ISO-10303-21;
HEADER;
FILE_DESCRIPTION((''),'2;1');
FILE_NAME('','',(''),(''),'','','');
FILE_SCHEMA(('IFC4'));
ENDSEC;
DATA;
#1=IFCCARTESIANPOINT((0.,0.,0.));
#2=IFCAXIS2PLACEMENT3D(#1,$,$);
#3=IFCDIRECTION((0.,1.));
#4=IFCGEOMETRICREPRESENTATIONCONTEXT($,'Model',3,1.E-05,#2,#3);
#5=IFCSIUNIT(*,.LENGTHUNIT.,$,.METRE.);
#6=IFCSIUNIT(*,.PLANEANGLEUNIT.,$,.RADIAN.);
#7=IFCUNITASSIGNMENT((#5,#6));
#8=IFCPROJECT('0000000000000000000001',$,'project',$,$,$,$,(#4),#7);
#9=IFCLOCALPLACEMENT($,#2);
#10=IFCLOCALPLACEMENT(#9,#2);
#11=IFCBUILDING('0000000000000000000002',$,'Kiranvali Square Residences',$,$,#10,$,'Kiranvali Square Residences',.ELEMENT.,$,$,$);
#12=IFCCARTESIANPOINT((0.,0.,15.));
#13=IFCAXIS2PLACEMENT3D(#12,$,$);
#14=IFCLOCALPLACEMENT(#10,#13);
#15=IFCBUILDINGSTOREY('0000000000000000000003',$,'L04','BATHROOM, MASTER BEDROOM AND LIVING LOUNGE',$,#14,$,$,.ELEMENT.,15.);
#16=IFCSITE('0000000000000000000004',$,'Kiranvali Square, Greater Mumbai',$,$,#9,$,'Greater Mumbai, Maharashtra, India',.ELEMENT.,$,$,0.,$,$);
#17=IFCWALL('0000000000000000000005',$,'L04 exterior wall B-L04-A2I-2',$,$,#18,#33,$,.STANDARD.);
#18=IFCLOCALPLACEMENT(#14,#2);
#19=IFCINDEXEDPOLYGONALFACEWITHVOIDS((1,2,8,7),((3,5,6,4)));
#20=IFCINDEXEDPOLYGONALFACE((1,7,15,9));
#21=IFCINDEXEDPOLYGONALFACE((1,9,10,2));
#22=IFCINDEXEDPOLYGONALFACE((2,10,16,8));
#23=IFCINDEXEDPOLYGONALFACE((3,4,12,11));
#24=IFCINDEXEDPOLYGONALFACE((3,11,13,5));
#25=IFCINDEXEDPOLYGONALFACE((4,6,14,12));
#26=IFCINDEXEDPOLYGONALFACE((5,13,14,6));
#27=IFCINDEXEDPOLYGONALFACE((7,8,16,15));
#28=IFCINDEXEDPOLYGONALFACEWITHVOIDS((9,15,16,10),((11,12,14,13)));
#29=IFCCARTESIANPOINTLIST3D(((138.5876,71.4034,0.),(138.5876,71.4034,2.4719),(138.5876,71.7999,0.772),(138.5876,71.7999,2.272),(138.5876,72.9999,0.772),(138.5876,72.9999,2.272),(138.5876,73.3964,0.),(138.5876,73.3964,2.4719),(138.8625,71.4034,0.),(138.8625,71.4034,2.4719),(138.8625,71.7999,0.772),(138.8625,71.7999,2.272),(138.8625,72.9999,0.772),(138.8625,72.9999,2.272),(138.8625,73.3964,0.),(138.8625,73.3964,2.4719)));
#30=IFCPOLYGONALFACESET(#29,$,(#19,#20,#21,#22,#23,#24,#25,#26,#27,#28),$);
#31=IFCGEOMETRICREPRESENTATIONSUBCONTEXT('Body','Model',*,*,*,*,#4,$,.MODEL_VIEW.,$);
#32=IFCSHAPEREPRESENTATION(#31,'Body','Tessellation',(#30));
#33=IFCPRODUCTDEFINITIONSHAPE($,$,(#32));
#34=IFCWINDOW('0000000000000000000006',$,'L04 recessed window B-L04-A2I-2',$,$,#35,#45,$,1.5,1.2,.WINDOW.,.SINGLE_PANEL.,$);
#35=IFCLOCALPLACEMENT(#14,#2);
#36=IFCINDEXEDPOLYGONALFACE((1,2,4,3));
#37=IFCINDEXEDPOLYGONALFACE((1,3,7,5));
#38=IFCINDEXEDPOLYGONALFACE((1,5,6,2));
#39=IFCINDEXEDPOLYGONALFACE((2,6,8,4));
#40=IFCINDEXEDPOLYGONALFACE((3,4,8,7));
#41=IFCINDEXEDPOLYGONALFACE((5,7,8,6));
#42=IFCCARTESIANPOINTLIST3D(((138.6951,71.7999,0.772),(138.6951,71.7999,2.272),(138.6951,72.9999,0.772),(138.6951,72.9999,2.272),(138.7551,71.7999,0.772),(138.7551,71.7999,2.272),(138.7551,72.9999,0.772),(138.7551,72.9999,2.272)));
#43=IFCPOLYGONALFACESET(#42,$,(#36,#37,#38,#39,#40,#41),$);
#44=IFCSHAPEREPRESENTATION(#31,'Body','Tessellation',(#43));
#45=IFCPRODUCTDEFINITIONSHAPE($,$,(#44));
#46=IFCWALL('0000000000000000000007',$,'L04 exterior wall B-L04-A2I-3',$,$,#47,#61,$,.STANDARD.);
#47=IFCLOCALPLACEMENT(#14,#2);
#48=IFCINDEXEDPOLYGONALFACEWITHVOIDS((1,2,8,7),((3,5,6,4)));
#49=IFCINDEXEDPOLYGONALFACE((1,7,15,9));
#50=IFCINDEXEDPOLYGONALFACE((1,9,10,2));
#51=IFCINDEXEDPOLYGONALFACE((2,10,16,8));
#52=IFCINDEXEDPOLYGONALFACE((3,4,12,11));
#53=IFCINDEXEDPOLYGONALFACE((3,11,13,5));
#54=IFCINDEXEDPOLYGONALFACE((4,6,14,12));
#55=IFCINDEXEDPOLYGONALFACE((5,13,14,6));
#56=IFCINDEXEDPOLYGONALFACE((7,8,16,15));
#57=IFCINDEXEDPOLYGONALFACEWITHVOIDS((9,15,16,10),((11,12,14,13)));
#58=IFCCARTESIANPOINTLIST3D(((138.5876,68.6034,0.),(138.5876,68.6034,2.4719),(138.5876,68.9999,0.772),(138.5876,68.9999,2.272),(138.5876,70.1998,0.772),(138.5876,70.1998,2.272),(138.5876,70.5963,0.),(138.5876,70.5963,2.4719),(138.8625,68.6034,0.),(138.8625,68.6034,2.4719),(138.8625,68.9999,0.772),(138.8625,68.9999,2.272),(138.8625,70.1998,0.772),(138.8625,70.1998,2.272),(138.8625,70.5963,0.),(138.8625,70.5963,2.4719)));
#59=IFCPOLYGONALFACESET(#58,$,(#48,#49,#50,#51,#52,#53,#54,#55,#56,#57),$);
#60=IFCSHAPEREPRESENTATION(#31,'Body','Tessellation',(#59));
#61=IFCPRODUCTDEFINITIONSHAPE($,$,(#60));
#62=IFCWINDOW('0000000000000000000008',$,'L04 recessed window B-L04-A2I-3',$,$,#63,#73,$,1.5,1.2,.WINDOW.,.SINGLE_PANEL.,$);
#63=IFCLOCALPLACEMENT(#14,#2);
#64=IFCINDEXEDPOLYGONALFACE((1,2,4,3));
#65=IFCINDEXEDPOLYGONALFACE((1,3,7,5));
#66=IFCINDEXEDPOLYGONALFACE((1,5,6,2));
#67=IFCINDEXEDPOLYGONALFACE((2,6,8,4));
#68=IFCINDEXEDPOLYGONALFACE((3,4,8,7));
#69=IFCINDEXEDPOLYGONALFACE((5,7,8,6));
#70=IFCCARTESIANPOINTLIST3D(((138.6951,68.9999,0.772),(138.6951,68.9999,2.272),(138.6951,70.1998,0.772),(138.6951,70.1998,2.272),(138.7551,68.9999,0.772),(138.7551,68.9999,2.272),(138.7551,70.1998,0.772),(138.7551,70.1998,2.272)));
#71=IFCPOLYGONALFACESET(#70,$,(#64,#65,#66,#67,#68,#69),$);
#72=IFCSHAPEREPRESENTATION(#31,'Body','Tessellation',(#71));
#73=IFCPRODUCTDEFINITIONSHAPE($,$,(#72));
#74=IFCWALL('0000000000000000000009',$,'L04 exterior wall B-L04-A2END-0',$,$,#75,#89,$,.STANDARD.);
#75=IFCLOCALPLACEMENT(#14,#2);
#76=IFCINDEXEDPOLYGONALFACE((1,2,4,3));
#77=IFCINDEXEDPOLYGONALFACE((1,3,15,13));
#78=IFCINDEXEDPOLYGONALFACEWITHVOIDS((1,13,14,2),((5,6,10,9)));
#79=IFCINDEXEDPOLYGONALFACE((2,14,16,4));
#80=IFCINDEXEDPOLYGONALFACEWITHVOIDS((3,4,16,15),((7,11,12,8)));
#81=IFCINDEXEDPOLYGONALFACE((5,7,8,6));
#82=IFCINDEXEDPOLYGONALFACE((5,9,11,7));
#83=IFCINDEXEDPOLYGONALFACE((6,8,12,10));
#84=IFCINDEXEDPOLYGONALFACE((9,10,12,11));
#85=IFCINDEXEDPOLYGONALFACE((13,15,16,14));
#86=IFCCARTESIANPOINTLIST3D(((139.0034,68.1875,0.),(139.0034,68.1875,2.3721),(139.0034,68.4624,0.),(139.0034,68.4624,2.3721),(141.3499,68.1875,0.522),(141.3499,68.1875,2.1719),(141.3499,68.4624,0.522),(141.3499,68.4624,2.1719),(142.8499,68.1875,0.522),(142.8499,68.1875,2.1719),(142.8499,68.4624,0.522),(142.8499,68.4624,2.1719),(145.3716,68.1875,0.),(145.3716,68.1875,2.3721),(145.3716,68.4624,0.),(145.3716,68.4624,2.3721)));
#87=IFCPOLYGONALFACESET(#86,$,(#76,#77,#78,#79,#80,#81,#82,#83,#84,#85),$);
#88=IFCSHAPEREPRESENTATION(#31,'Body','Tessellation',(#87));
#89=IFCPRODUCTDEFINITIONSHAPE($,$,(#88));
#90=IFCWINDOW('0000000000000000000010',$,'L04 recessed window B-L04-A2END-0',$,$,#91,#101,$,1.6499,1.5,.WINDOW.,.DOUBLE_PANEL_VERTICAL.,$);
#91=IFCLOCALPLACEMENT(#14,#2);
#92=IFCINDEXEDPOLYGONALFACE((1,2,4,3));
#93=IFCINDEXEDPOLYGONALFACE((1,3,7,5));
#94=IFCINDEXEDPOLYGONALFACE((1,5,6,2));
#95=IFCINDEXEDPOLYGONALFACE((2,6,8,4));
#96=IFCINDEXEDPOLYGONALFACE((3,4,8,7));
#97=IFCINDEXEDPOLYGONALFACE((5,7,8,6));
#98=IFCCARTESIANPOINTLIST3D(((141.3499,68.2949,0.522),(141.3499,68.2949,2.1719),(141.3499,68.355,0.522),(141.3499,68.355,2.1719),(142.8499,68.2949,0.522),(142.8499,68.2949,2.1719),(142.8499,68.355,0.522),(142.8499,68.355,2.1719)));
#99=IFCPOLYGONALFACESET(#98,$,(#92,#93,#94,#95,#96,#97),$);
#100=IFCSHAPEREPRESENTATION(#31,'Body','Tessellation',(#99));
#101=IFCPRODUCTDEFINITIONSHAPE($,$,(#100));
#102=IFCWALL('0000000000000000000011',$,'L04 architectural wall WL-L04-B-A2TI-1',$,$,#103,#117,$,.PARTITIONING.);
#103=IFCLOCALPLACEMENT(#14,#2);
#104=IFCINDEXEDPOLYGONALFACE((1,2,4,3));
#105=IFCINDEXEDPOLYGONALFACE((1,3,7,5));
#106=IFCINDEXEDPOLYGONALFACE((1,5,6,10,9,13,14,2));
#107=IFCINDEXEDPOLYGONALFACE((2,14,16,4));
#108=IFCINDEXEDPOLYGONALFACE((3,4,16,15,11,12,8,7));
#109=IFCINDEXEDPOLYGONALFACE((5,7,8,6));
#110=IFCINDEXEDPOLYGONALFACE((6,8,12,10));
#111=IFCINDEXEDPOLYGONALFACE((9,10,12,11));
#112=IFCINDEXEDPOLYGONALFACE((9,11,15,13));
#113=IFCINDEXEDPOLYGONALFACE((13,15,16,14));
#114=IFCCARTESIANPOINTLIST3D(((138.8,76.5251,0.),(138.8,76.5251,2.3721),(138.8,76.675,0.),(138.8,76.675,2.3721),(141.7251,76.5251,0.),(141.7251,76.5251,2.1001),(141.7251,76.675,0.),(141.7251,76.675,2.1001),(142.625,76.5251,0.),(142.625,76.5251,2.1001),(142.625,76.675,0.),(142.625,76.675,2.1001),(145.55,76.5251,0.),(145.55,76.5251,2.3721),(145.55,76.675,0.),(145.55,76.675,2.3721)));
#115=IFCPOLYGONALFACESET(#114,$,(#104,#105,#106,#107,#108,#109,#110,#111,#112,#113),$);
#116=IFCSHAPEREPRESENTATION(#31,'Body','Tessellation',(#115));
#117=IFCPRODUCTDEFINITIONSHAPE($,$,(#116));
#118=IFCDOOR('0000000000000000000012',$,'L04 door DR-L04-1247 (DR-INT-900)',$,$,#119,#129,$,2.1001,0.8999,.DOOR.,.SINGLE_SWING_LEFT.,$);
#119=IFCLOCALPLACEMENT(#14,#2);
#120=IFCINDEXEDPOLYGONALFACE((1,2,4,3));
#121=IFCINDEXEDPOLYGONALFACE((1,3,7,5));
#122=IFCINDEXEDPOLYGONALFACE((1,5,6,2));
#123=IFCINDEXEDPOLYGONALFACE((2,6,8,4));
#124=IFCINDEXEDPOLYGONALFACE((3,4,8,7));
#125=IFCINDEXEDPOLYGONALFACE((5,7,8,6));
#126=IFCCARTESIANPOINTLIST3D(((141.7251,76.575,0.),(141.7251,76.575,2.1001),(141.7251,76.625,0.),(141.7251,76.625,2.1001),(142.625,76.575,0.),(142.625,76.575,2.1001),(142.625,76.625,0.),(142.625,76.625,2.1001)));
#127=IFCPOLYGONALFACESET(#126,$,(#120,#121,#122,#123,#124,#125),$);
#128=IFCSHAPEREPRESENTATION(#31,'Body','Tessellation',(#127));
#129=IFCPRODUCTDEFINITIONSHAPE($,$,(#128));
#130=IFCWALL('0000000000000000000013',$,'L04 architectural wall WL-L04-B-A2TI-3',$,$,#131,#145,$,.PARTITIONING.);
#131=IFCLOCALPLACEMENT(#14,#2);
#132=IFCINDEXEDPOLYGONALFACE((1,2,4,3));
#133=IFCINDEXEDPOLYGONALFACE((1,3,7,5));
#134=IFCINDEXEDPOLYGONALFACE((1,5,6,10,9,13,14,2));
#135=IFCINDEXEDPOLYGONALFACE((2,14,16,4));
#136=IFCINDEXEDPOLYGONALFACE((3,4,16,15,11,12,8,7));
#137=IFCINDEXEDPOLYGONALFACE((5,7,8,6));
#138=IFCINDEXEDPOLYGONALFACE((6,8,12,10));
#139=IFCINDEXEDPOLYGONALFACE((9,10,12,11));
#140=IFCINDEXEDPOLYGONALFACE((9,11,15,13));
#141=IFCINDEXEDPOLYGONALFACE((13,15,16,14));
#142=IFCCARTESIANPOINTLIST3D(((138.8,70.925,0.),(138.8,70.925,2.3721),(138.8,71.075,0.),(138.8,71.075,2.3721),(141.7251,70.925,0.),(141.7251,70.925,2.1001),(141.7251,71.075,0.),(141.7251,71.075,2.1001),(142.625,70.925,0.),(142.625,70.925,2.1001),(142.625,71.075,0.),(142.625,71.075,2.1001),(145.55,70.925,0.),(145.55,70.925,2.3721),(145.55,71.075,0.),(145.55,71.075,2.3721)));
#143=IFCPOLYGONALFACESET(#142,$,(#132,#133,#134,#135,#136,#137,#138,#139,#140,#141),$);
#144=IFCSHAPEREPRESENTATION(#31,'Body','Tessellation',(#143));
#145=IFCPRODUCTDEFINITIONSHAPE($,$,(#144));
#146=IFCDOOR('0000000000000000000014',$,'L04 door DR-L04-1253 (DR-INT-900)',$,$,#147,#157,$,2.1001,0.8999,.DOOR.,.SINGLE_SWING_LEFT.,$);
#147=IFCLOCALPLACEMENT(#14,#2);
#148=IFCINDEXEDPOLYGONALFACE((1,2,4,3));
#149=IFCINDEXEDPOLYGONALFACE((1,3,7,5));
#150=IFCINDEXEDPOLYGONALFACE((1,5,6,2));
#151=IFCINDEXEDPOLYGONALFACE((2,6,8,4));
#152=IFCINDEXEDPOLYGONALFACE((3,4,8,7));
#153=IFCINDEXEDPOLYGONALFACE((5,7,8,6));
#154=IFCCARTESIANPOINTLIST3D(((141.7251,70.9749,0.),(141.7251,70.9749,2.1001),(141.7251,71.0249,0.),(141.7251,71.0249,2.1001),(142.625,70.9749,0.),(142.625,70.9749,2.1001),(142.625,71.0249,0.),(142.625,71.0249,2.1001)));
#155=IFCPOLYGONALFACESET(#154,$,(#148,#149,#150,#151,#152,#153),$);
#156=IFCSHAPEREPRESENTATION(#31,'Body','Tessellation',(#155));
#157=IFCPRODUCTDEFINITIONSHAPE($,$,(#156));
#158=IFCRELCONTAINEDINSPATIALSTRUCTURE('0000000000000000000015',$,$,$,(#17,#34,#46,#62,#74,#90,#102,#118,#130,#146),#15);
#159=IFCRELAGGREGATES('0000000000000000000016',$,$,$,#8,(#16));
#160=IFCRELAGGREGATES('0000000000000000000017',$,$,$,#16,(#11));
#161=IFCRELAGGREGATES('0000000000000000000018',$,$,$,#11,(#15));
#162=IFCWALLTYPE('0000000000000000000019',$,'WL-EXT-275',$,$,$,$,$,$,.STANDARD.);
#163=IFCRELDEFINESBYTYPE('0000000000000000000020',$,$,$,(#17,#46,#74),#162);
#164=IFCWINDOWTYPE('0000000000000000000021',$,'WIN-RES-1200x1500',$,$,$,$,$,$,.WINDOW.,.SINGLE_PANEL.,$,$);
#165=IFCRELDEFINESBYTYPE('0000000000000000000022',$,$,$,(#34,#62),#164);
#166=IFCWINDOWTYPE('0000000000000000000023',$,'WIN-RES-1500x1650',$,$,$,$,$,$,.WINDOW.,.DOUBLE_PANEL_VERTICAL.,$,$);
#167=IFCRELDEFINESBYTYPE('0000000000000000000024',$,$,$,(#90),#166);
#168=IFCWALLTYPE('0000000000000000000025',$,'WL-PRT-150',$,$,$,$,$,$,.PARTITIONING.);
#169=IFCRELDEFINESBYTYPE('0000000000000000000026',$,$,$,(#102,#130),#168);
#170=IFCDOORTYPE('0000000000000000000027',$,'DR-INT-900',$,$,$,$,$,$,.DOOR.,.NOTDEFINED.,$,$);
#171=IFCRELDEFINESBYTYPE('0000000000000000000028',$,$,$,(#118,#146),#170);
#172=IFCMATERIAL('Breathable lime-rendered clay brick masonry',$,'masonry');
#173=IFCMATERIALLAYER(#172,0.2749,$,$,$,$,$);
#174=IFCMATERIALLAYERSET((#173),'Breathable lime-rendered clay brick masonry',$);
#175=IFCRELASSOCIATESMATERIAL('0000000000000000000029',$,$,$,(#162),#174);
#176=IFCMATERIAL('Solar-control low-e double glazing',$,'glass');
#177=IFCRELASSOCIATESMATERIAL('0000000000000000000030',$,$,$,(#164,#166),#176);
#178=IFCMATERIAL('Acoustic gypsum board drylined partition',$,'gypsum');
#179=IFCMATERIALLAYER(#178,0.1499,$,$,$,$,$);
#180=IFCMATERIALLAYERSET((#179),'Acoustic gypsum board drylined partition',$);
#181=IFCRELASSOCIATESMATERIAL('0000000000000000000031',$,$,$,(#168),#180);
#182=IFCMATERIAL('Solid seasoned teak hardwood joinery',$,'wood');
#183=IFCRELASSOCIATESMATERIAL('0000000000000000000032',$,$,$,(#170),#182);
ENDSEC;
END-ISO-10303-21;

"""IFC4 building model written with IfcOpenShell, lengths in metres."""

from ifc_helpers import new_model, si_unit, direction, frame, frame_2d, origin, place, context, subcontext, project, spatial, rectangle, extrude, material, layer, layer_set, type_object, element, fill, save


model = new_model("IFC4")

# Units and contexts
model_context = context("Model", 3, precision=1e-05, world=origin(), true_north=direction((0.0, 1.0)))
body_context = subcontext(model_context, "Body", "Model", "MODEL_VIEW")
ifc_project = project(units=[si_unit("LENGTHUNIT", "METRE"), si_unit("PLANEANGLEUNIT", "RADIAN")], contexts=[model_context])

# Site, building, storey
site_placement = place(None, origin())
site = spatial("IfcSite", under=ifc_project, at=site_placement, Name="Kiranvali Square, Greater Mumbai", LongName="Greater Mumbai, Maharashtra, India", CompositionType="ELEMENT", RefElevation=0.0)
building_placement = place(site_placement, origin())
building = spatial("IfcBuilding", under=site, at=building_placement, Name="Kiranvali Square Residences", LongName="Kiranvali Square Residences", CompositionType="ELEMENT")
storey_placement = place(building_placement, frame((0.0, 0.0, 15.0)))
storey = spatial("IfcBuildingStorey", under=building, at=storey_placement, Name="L04", Description="BATHROOM, MASTER BEDROOM AND LIVING LOUNGE", CompositionType="ELEMENT", Elevation=15.0)

# Walls, openings, windows
ifc_material_1 = material(Name="Breathable lime-rendered clay brick masonry", Category="masonry")
ifc_layer_1 = layer(ifc_material_1, 0.2749)
ifc_layer_set_1 = layer_set([ifc_layer_1], Name="Breathable lime-rendered clay brick masonry")
wall_type_1 = type_object("IfcWallType", Name="WL-EXT-275", PredefinedType="STANDARD", material=ifc_layer_set_1)
ifc_material_2 = material(Name="Solar-control low-e double glazing", Category="glass")
window_type_1 = type_object("IfcWindowType", Name="WIN-RES-1200x1500", PartitioningType="SINGLE_PANEL", PredefinedType="WINDOW", material=ifc_material_2)
wall_1_placement = place(storey_placement, frame((138.7251, 73.3965, 0.0), z_axis=(0.0, 0.0, 1.0), x_axis=(0.0, -1.0, 0.0)))
wall_1 = element("IfcWall", 1, at=wall_1_placement, inside=storey, type_object=wall_type_1, Name="L04 exterior wall B-L04-A2I-2", PredefinedType="STANDARD", context=body_context, shape_type="SweptSolid", body=[
    extrude(rectangle(XDim=1.9929, YDim=0.2749, at=frame_2d((0.9966, 0.0))), origin(), (0.0, 0.0, 1.0), 2.4719),
])
opening_1_placement = place(wall_1_placement, frame((0.3965, 0.0, 0.772)))
opening_1 = element("IfcOpeningElement", 2, at=opening_1_placement, cuts=wall_1, PredefinedType="OPENING", context=body_context, shape_type="SweptSolid", body=[
    extrude(rectangle(XDim=1.2, YDim=1.5, at=frame_2d((0.6001, 0.75))), frame((0.0, 0.1475, 0.0), z_axis=(0.0, -1.0, 0.0), x_axis=(1.0, 0.0, 0.0)), (0.0, 0.0, 1.0), 0.2949),
])
window_1_placement = place(opening_1_placement, origin())
window_1 = element("IfcWindow", 3, at=window_1_placement, inside=storey, type_object=window_type_1, Name="L04 recessed window B-L04-A2I-2", OverallHeight=1.5, OverallWidth=1.2, PartitioningType="SINGLE_PANEL", PredefinedType="WINDOW", context=body_context, shape_type="SweptSolid", body=[
    extrude(rectangle(XDim=1.2, YDim=1.5, at=frame_2d((0.6001, 0.75))), frame((0.0, 0.03, 0.0), z_axis=(0.0, -1.0, 0.0), x_axis=(1.0, 0.0, 0.0)), (0.0, 0.0, 1.0), 0.0601),
])
fill(opening_1, window_1)
wall_2_placement = place(storey_placement, frame((138.7251, 70.5964, 0.0), z_axis=(0.0, 0.0, 1.0), x_axis=(0.0, -1.0, 0.0)))
wall_2 = element("IfcWall", 4, at=wall_2_placement, inside=storey, type_object=wall_type_1, Name="L04 exterior wall B-L04-A2I-3", PredefinedType="STANDARD", context=body_context, shape_type="SweptSolid", body=[
    extrude(rectangle(XDim=1.9929, YDim=0.2749, at=frame_2d((0.9966, 0.0))), origin(), (0.0, 0.0, 1.0), 2.4719),
])
opening_2_placement = place(wall_2_placement, frame((0.3965, 0.0, 0.772)))
opening_2 = element("IfcOpeningElement", 5, at=opening_2_placement, cuts=wall_2, PredefinedType="OPENING", context=body_context, shape_type="SweptSolid", body=[
    extrude(rectangle(XDim=1.2, YDim=1.5, at=frame_2d((0.6001, 0.75))), frame((0.0, 0.1475, 0.0), z_axis=(0.0, -1.0, 0.0), x_axis=(1.0, 0.0, 0.0)), (0.0, 0.0, 1.0), 0.2949),
])
window_2_placement = place(opening_2_placement, origin())
window_2 = element("IfcWindow", 6, at=window_2_placement, inside=storey, type_object=window_type_1, Name="L04 recessed window B-L04-A2I-3", OverallHeight=1.5, OverallWidth=1.2, PartitioningType="SINGLE_PANEL", PredefinedType="WINDOW", context=body_context, shape_type="SweptSolid", body=[
    extrude(rectangle(XDim=1.2, YDim=1.5, at=frame_2d((0.6001, 0.75))), frame((0.0, 0.03, 0.0), z_axis=(0.0, -1.0, 0.0), x_axis=(1.0, 0.0, 0.0)), (0.0, 0.0, 1.0), 0.0601),
])
fill(opening_2, window_2)
wall_3_placement = place(storey_placement, frame((139.0034, 68.325, 0.0), z_axis=(0.0, 0.0, 1.0), x_axis=(1.0, 0.0, 0.0)))
wall_3 = element("IfcWall", 7, at=wall_3_placement, inside=storey, type_object=wall_type_1, Name="L04 exterior wall B-L04-A2END-0", PredefinedType="STANDARD", context=body_context, shape_type="SweptSolid", body=[
    extrude(rectangle(XDim=6.3682, YDim=0.2749, at=frame_2d((3.1841, 0.0))), origin(), (0.0, 0.0, 1.0), 2.3721),
])
opening_3_placement = place(wall_3_placement, frame((2.3464, 0.0, 0.522)))
opening_3 = element("IfcOpeningElement", 8, at=opening_3_placement, cuts=wall_3, PredefinedType="OPENING", context=body_context, shape_type="SweptSolid", body=[
    extrude(rectangle(XDim=1.5, YDim=1.6499, at=frame_2d((0.75, 0.825))), frame((0.0, 0.1475, 0.0), z_axis=(0.0, -1.0, 0.0), x_axis=(1.0, 0.0, 0.0)), (0.0, 0.0, 1.0), 0.2949),
])
window_type_2 = type_object("IfcWindowType", Name="WIN-RES-1500x1650", PartitioningType="DOUBLE_PANEL_VERTICAL", PredefinedType="WINDOW", material=ifc_material_2)
window_3_placement = place(opening_3_placement, origin())
window_3 = element("IfcWindow", 9, at=window_3_placement, inside=storey, type_object=window_type_2, Name="L04 recessed window B-L04-A2END-0", OverallHeight=1.6499, OverallWidth=1.5, PartitioningType="DOUBLE_PANEL_VERTICAL", PredefinedType="WINDOW", context=body_context, shape_type="SweptSolid", body=[
    extrude(rectangle(XDim=1.5, YDim=1.6499, at=frame_2d((0.75, 0.825))), frame((0.0, 0.03, 0.0), z_axis=(0.0, -1.0, 0.0), x_axis=(1.0, 0.0, 0.0)), (0.0, 0.0, 1.0), 0.0601),
])
fill(opening_3, window_3)

# Walls, openings, doors
ifc_material_3 = material(Name="Acoustic gypsum board drylined partition", Category="gypsum")
ifc_layer_2 = layer(ifc_material_3, 0.1499)
ifc_layer_set_2 = layer_set([ifc_layer_2], Name="Acoustic gypsum board drylined partition")
wall_type_2 = type_object("IfcWallType", Name="WL-PRT-150", PredefinedType="PARTITIONING", material=ifc_layer_set_2)
wall_4_placement = place(storey_placement, frame((138.8, 76.6001, 0.0), z_axis=(0.0, 0.0, 1.0), x_axis=(1.0, 0.0, 0.0)))
wall_4 = element("IfcWall", 10, at=wall_4_placement, inside=storey, type_object=wall_type_2, Name="L04 architectural wall WL-L04-B-A2TI-1", PredefinedType="PARTITIONING", context=body_context, shape_type="SweptSolid", body=[
    extrude(rectangle(XDim=6.75, YDim=0.1499, at=frame_2d((3.375, 0.0))), origin(), (0.0, 0.0, 1.0), 2.3721),
])
opening_4_placement = place(wall_4_placement, frame((2.925, 0.0, 0.0)))
opening_4 = element("IfcOpeningElement", 11, at=opening_4_placement, cuts=wall_4, PredefinedType="OPENING", context=body_context, shape_type="SweptSolid", body=[
    extrude(rectangle(XDim=0.8999, YDim=2.1001, at=frame_2d((0.45, 1.05))), frame((0.0, 0.085, 0.0), z_axis=(0.0, -1.0, 0.0), x_axis=(1.0, 0.0, 0.0)), (0.0, 0.0, 1.0), 0.1699),
])
ifc_material_4 = material(Name="Solid seasoned teak hardwood joinery", Category="wood")
door_type = type_object("IfcDoorType", Name="DR-INT-900", OperationType="NOTDEFINED", PredefinedType="DOOR", material=ifc_material_4)
door_1_placement = place(opening_4_placement, origin())
door_1 = element("IfcDoor", 12, at=door_1_placement, inside=storey, type_object=door_type, Name="L04 door DR-L04-1247 (DR-INT-900)", OperationType="SINGLE_SWING_LEFT", OverallHeight=2.1001, OverallWidth=0.8999, PredefinedType="DOOR", context=body_context, shape_type="SweptSolid", body=[
    extrude(rectangle(XDim=0.8999, YDim=2.1001, at=frame_2d((0.45, 1.05))), frame((0.0, 0.0249, 0.0), z_axis=(0.0, -1.0, 0.0), x_axis=(1.0, 0.0, 0.0)), (0.0, 0.0, 1.0), 0.05),
])
fill(opening_4, door_1)
wall_5_placement = place(storey_placement, frame((138.8, 71.0, 0.0), z_axis=(0.0, 0.0, 1.0), x_axis=(1.0, 0.0, 0.0)))
wall_5 = element("IfcWall", 13, at=wall_5_placement, inside=storey, type_object=wall_type_2, Name="L04 architectural wall WL-L04-B-A2TI-3", PredefinedType="PARTITIONING", context=body_context, shape_type="SweptSolid", body=[
    extrude(rectangle(XDim=6.75, YDim=0.1499, at=frame_2d((3.375, 0.0))), origin(), (0.0, 0.0, 1.0), 2.3721),
])
opening_5_placement = place(wall_5_placement, frame((2.925, 0.0, 0.0)))
opening_5 = element("IfcOpeningElement", 14, at=opening_5_placement, cuts=wall_5, PredefinedType="OPENING", context=body_context, shape_type="SweptSolid", body=[
    extrude(rectangle(XDim=0.8999, YDim=2.1001, at=frame_2d((0.45, 1.05))), frame((0.0, 0.085, 0.0), z_axis=(0.0, -1.0, 0.0), x_axis=(1.0, 0.0, 0.0)), (0.0, 0.0, 1.0), 0.1699),
])
door_2_placement = place(opening_5_placement, origin())
door_2 = element("IfcDoor", 15, at=door_2_placement, inside=storey, type_object=door_type, Name="L04 door DR-L04-1253 (DR-INT-900)", OperationType="SINGLE_SWING_LEFT", OverallHeight=2.1001, OverallWidth=0.8999, PredefinedType="DOOR", context=body_context, shape_type="SweptSolid", body=[
    extrude(rectangle(XDim=0.8999, YDim=2.1001, at=frame_2d((0.45, 1.05))), frame((0.0, 0.0249, 0.0), z_axis=(0.0, -1.0, 0.0), x_axis=(1.0, 0.0, 0.0)), (0.0, 0.0, 1.0), 0.05),
])
fill(opening_5, door_2)

save(model, "model.ifc")
